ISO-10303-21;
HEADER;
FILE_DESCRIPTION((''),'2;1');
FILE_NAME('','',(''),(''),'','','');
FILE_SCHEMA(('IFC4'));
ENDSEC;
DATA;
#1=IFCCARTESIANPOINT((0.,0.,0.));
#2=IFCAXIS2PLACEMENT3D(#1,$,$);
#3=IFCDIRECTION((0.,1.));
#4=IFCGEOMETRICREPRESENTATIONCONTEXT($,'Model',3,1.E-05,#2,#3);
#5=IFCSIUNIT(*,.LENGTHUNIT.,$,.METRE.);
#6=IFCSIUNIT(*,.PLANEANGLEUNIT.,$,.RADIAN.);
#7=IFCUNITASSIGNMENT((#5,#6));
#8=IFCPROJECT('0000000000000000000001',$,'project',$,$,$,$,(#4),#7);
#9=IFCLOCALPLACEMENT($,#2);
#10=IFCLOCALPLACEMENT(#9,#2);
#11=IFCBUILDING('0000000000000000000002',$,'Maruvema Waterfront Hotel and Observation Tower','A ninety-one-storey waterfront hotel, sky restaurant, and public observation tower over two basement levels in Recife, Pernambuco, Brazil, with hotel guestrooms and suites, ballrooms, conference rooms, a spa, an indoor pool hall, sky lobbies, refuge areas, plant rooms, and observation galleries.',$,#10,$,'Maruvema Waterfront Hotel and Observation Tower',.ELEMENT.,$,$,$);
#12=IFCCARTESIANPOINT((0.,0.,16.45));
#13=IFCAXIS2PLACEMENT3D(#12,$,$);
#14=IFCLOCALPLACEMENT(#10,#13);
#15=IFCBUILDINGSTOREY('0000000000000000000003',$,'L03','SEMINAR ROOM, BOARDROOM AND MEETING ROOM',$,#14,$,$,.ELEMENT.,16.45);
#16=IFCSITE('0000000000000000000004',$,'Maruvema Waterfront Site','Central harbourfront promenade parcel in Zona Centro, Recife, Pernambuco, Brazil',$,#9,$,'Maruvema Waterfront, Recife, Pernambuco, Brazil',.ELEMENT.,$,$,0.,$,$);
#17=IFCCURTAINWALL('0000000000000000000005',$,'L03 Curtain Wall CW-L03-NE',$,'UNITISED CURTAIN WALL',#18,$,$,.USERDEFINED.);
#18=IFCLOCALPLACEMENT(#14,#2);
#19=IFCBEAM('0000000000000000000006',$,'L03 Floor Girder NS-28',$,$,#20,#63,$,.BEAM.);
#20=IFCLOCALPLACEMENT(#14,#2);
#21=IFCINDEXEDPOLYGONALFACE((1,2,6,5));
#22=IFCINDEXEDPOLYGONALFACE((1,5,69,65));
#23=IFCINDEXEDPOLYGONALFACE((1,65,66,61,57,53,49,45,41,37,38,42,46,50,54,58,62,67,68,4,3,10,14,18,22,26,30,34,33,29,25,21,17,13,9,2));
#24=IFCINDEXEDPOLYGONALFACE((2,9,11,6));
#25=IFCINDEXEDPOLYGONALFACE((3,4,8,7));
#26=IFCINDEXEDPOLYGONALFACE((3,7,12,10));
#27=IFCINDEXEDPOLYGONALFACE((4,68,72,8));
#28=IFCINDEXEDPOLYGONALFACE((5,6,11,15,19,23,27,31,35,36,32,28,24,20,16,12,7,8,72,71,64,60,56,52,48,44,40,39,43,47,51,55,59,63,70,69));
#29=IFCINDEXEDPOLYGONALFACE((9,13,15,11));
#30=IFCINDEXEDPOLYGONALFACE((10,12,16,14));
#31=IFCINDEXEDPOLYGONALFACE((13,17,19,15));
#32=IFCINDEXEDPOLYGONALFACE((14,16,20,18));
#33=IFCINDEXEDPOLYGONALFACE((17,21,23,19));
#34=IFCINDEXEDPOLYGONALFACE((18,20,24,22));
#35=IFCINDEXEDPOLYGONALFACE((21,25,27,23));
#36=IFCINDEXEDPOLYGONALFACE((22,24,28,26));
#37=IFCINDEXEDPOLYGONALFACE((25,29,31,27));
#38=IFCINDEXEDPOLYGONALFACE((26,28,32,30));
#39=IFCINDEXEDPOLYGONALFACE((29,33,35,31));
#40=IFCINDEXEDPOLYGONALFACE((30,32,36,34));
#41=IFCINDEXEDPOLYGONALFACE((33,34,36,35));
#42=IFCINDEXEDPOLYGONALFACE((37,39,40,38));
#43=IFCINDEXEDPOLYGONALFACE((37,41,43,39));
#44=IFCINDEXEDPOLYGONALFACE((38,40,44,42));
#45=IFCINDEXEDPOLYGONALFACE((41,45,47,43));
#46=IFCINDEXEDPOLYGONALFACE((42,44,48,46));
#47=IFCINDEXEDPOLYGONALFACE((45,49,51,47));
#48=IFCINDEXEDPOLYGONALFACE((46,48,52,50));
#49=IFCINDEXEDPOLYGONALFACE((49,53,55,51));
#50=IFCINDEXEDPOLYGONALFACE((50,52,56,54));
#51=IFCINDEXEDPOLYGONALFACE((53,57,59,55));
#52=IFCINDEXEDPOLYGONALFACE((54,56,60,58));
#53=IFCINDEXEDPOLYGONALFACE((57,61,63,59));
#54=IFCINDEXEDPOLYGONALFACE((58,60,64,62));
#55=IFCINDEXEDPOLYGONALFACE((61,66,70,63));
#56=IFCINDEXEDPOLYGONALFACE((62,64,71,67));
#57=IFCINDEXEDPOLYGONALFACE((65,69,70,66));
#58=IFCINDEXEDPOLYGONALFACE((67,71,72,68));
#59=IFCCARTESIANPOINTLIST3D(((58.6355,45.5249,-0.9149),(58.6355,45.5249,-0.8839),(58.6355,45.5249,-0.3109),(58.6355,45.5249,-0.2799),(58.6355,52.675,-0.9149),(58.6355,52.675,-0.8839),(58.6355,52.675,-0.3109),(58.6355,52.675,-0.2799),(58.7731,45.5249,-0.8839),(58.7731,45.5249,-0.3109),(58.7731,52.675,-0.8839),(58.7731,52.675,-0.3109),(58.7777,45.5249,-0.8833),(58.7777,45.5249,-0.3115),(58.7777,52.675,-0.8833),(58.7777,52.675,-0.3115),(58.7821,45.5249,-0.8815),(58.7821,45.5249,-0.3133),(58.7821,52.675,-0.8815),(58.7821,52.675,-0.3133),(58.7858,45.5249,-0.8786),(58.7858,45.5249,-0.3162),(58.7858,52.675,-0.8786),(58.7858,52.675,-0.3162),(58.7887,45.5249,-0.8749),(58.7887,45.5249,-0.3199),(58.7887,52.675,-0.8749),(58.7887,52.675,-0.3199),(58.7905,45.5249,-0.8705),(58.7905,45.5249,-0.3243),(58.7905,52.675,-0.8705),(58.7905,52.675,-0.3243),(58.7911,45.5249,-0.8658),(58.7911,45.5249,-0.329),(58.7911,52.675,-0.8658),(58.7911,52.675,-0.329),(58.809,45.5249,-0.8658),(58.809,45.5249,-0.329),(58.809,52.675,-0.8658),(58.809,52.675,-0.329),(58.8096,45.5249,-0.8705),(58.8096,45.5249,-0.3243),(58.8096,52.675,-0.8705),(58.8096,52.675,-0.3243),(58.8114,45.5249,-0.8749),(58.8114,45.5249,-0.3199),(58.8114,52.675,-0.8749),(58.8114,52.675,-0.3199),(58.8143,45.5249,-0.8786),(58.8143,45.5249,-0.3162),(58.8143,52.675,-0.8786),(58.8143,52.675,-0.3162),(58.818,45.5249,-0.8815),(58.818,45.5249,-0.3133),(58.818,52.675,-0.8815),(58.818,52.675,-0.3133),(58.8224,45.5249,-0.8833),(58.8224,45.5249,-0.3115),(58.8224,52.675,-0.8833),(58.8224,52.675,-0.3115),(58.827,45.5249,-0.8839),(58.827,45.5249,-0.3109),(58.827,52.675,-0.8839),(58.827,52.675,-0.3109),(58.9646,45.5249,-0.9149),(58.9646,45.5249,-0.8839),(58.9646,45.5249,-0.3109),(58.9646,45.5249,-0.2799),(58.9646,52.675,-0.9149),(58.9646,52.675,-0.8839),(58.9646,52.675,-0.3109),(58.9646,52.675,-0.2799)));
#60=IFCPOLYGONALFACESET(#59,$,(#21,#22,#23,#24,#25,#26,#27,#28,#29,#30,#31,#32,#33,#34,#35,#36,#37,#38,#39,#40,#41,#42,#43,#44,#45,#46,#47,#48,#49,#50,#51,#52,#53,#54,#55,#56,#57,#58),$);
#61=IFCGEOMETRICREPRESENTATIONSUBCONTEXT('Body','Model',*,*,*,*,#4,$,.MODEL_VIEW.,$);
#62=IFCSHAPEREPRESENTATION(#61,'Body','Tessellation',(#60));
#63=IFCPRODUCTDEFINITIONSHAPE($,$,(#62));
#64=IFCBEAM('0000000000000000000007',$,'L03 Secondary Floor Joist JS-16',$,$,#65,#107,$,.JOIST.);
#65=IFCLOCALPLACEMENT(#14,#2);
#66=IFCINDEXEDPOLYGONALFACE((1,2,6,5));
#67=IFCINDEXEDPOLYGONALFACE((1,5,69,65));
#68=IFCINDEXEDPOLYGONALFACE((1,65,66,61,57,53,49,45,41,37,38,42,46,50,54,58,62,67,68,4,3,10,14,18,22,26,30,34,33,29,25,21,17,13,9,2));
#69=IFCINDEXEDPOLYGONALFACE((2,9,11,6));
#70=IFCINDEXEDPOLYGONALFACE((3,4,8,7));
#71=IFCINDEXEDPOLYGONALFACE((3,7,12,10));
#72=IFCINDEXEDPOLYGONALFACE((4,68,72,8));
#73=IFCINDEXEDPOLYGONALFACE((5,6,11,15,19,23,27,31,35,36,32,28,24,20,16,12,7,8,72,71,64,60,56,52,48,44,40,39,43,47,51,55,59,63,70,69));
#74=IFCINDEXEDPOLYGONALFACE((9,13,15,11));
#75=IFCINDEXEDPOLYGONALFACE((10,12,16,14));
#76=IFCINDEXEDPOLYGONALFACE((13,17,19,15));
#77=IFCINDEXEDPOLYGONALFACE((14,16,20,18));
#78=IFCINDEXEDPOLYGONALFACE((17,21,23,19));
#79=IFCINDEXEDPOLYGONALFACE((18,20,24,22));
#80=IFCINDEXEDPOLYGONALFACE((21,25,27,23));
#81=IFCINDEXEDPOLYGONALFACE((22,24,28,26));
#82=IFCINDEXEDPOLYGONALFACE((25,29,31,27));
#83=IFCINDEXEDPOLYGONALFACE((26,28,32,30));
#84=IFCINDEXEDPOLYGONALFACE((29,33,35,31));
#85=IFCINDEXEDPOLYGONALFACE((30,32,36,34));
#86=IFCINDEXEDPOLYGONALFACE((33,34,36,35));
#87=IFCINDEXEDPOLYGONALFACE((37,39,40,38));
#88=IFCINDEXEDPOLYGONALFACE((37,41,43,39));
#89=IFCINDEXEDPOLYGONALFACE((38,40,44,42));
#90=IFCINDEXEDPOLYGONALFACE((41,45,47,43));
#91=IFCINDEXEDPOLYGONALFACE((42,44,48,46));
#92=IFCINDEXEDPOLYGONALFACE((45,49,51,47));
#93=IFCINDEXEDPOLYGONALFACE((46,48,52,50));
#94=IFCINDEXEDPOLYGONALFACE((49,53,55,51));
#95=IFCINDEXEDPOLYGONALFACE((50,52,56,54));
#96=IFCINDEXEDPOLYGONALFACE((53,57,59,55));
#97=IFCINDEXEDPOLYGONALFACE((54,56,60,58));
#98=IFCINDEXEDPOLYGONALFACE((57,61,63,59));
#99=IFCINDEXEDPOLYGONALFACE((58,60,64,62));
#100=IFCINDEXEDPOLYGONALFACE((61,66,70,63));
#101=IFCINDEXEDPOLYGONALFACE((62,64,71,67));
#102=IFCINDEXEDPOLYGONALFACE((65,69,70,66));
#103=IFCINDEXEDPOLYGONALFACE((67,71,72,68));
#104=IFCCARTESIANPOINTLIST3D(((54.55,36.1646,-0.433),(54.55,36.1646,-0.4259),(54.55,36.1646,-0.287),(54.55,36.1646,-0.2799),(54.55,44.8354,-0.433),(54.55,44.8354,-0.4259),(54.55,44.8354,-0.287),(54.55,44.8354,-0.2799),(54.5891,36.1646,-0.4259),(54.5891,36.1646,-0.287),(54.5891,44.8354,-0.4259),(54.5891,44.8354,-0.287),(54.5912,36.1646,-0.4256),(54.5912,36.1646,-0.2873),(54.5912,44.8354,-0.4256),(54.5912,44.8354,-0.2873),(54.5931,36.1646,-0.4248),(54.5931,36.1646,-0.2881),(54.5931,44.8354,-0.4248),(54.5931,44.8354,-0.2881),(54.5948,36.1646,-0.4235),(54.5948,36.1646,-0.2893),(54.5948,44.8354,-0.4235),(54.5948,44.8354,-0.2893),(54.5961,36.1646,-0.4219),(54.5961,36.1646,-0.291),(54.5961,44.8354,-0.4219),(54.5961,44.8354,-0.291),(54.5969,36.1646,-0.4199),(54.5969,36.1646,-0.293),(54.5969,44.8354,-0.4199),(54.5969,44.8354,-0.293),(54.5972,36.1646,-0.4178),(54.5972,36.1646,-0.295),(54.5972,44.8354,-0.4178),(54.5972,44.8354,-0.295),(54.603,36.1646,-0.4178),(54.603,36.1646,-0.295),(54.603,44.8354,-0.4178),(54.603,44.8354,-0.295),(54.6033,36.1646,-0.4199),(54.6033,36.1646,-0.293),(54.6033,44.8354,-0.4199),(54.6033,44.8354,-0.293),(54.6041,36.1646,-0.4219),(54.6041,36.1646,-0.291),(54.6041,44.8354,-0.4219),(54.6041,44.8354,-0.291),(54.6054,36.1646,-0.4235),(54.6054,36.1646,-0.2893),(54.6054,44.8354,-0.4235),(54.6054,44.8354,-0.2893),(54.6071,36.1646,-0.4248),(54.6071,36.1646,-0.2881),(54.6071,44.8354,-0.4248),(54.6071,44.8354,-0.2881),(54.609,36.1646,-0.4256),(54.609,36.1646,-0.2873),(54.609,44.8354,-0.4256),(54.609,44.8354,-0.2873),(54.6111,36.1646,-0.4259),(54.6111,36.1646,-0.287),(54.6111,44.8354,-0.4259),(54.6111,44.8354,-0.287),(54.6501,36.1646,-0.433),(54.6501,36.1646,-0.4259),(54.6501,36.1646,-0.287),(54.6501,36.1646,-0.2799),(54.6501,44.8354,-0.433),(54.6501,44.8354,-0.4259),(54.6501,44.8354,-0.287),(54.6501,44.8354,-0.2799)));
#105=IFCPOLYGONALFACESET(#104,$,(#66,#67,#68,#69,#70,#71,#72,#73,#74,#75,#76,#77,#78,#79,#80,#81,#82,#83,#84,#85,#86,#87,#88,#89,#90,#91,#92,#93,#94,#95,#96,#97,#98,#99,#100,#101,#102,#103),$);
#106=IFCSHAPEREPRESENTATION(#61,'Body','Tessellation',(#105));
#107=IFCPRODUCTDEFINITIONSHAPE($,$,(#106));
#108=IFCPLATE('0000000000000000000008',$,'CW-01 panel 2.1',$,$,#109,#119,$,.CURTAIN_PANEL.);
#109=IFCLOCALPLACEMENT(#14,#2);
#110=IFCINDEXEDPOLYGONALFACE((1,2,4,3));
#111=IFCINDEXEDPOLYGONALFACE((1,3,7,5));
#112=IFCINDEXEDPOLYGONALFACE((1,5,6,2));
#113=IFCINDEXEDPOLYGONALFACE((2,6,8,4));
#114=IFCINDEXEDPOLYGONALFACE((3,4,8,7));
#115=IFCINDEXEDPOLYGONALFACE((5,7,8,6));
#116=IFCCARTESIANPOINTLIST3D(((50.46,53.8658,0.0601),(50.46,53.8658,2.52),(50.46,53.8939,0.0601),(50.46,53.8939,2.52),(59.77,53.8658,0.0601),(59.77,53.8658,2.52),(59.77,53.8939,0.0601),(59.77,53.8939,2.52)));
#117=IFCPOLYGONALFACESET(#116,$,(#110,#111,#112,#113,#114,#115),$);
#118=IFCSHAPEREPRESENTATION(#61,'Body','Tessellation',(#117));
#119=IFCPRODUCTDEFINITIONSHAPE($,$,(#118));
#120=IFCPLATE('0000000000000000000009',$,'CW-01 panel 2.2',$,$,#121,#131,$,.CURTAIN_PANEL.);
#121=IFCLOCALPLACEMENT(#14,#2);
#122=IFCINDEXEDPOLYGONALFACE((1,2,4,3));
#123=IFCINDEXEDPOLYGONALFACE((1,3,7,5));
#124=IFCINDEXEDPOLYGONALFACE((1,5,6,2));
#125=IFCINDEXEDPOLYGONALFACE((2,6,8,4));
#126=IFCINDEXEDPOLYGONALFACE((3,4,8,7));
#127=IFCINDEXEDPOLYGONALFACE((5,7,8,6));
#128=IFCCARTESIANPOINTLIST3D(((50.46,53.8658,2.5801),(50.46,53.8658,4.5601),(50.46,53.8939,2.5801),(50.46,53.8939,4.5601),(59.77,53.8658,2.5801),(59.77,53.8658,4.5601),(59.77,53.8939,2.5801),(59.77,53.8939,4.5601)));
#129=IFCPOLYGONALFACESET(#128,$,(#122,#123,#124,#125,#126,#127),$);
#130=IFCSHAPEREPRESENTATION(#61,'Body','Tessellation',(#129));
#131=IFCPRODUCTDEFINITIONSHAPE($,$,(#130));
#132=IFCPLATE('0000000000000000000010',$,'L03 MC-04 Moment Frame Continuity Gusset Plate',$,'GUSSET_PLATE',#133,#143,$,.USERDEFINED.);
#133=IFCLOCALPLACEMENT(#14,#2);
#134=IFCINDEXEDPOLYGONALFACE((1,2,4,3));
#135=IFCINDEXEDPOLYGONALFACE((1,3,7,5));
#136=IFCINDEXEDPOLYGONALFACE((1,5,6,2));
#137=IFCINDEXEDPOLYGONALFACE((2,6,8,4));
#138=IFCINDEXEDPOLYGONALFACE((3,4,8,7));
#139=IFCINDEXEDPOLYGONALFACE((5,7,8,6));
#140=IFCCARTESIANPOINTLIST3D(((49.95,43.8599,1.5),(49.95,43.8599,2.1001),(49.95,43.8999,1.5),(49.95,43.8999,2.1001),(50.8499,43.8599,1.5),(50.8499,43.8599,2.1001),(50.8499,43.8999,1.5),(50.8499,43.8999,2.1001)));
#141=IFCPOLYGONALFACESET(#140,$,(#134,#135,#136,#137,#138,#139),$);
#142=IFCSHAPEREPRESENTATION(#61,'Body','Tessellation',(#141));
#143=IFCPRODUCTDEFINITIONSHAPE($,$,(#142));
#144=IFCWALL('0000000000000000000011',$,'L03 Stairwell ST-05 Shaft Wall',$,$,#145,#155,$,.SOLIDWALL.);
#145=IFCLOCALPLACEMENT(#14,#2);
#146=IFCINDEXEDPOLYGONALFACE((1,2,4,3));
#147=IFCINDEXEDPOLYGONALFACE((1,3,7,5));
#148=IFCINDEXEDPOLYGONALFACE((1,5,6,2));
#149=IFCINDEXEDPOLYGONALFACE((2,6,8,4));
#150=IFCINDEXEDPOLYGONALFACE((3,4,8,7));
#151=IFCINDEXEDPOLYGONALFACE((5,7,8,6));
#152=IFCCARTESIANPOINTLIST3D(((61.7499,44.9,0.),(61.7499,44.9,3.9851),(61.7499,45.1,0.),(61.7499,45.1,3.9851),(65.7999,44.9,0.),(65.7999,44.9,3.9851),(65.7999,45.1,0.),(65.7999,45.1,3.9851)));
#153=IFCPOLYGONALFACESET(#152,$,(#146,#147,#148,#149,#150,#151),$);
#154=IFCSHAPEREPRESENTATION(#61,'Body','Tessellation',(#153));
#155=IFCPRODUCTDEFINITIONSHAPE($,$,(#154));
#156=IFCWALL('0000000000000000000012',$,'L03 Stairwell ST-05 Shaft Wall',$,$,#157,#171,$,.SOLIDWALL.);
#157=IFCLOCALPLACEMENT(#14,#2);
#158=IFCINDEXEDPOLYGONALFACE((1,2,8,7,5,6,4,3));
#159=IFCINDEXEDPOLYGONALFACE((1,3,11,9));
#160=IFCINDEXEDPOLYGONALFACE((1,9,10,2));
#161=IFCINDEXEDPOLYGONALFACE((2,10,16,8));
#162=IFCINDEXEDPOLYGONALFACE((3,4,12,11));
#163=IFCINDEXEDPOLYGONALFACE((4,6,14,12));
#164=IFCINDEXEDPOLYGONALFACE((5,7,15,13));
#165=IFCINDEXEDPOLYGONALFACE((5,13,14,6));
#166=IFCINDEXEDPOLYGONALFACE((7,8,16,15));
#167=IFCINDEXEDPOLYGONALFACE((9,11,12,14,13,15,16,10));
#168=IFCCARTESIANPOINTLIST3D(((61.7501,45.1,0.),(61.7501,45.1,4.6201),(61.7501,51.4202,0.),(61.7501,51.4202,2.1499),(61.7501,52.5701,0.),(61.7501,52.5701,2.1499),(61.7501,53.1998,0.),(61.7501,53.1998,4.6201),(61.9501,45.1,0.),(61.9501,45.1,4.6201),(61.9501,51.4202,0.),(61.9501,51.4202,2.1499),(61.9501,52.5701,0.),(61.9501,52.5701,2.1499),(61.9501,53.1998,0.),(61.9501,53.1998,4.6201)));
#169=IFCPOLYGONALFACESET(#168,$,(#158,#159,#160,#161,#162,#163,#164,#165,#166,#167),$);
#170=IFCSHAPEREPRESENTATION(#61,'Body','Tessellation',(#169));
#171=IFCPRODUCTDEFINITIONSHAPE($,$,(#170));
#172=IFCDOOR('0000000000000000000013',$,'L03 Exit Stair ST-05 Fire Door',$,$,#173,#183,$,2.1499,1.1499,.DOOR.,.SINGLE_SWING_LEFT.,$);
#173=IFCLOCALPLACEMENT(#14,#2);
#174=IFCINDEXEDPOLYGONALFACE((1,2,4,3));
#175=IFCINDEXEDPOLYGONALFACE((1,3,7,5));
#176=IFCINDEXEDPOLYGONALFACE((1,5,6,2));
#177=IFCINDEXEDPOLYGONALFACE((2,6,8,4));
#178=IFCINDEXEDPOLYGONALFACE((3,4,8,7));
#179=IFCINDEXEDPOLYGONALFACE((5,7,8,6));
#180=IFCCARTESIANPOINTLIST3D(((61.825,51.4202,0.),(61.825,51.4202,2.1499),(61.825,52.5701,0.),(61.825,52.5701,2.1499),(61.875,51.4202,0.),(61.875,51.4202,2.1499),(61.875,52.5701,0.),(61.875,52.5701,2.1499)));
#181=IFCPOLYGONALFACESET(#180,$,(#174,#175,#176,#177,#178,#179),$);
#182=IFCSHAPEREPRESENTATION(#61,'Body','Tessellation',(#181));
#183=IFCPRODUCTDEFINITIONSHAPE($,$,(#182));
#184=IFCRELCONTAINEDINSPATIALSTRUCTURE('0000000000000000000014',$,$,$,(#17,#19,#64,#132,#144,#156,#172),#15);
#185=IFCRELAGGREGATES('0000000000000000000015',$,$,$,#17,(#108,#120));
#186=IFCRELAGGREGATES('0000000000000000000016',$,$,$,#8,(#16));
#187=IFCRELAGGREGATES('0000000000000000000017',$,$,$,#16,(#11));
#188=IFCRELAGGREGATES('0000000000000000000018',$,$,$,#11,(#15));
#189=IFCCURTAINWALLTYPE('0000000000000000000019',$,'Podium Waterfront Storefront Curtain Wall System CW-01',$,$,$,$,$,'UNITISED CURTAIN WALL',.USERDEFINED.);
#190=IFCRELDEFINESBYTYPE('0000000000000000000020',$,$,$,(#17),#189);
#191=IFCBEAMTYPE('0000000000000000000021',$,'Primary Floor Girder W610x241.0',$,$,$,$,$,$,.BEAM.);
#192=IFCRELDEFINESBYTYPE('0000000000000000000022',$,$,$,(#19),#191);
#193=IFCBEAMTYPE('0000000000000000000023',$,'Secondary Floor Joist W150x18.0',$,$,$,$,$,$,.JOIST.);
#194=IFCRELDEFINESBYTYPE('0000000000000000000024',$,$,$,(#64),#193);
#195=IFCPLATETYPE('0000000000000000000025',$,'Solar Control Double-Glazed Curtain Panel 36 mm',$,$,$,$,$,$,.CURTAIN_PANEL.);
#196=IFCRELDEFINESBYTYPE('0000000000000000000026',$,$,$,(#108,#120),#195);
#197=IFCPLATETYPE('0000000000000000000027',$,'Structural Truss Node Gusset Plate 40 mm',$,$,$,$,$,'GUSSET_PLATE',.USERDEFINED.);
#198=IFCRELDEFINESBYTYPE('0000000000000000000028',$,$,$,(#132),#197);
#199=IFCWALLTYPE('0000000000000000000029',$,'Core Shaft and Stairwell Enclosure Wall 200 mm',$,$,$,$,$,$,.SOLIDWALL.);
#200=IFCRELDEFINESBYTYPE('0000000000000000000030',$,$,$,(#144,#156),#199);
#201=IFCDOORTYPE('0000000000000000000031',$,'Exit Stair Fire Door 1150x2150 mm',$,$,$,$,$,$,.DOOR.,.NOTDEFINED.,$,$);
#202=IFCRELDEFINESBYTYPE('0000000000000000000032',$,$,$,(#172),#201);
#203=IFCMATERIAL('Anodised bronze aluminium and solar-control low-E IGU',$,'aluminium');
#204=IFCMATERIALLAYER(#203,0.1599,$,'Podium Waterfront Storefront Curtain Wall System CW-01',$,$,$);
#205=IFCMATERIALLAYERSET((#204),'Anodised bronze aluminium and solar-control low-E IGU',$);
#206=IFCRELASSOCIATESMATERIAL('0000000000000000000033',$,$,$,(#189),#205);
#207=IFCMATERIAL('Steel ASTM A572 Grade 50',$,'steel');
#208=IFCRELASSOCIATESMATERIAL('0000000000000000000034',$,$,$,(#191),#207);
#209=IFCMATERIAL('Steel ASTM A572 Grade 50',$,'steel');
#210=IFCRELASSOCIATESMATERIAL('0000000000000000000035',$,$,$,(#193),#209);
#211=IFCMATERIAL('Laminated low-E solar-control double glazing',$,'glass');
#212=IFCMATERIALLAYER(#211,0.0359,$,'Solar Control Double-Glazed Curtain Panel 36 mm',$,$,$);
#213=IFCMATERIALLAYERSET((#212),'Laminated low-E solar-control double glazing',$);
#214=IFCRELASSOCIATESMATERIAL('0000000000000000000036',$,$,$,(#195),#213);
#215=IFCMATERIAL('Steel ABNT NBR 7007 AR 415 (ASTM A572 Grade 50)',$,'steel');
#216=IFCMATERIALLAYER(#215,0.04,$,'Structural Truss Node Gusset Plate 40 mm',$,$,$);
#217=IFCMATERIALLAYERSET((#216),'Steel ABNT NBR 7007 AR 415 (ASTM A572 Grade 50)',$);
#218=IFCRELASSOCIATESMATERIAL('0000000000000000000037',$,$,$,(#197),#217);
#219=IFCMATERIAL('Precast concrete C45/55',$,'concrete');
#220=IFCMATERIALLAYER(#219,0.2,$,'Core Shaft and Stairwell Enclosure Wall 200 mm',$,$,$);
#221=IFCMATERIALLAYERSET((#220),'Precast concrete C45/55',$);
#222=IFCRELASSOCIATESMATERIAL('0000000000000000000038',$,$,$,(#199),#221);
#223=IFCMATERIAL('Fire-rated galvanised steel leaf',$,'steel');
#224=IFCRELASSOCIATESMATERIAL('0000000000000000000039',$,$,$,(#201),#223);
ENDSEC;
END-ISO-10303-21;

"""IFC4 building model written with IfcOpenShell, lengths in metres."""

from ifc_helpers import new_model, si_unit, direction, frame, frame_2d, origin, origin_2d, place, context, subcontext, project, spatial, rectangle, i_section, extrude, material, layer, layer_set, material_profile, profile_set, type_object, element, fill, aggregate, save


model = new_model("IFC4")

# Units and contexts
model_context = context("Model", 3, precision=1e-05, world=origin(), true_north=direction((0.0, 1.0)))
body_context = subcontext(model_context, "Body", "Model", "MODEL_VIEW")
ifc_project = project(units=[si_unit("LENGTHUNIT", "METRE"), si_unit("PLANEANGLEUNIT", "RADIAN")], contexts=[model_context])

# Site, building, storey
site_placement = place(None, origin())
site = spatial("IfcSite", under=ifc_project, at=site_placement, Name="Maruvema Waterfront Site", Description="Central harbourfront promenade parcel in Zona Centro, Recife, Pernambuco, Brazil", LongName="Maruvema Waterfront, Recife, Pernambuco, Brazil", CompositionType="ELEMENT", RefElevation=0.0)
building_placement = place(site_placement, origin())
building = spatial("IfcBuilding", under=site, at=building_placement, Name="Maruvema Waterfront Hotel and Observation Tower", Description="A ninety-one-storey waterfront hotel, sky restaurant, and public observation tower over two basement levels in Recife, Pernambuco, Brazil, with hotel guestrooms and suites, ballrooms, conference rooms, a spa, an indoor pool hall, sky lobbies, refuge areas, plant rooms, and observation galleries.", LongName="Maruvema Waterfront Hotel and Observation Tower", CompositionType="ELEMENT")
storey_placement = place(building_placement, frame((0.0, 0.0, 16.45)))
storey = spatial("IfcBuildingStorey", under=building, at=storey_placement, Name="L03", Description="SEMINAR ROOM, BOARDROOM AND MEETING ROOM", CompositionType="ELEMENT", Elevation=16.45)

# Curtain wall
ifc_material_1 = material(Name="Anodised bronze aluminium and solar-control low-E IGU", Category="aluminium")
ifc_layer_1 = layer(ifc_material_1, 0.1599, Name="Podium Waterfront Storefront Curtain Wall System CW-01")
ifc_layer_set_1 = layer_set([ifc_layer_1], Name="Anodised bronze aluminium and solar-control low-E IGU")
curtain_wall_type = type_object("IfcCurtainWallType", Name="Podium Waterfront Storefront Curtain Wall System CW-01", ElementType="UNITISED CURTAIN WALL", PredefinedType="USERDEFINED", material=ifc_layer_set_1)
curtain_wall_placement = place(storey_placement, origin())
curtain_wall = element("IfcCurtainWall", 1, at=curtain_wall_placement, inside=storey, type_object=curtain_wall_type, Name="L03 Curtain Wall CW-L03-NE", ObjectType="UNITISED CURTAIN WALL", PredefinedType="USERDEFINED")

# Beams
ifc_material_2 = material(Name="Steel ASTM A572 Grade 50", Category="steel")
ifc_material_profile_1 = material_profile(ifc_material_2, i_section(OverallWidth=0.3291, OverallDepth=0.635, WebThickness=0.0178, FlangeThickness=0.031, FilletRadius=0.0181, at=origin_2d()), Name="W610x241.0")
ifc_profile_set_1 = profile_set([ifc_material_profile_1], Name="Steel ASTM A572 Grade 50")
beam_type_1 = type_object("IfcBeamType", Name="Primary Floor Girder W610x241.0", PredefinedType="BEAM", material=ifc_profile_set_1)
beam_1_placement = place(storey_placement, frame((58.8, 45.5249, -0.5974), z_axis=(0.0, 1.0, 0.0), x_axis=(-1.0, 0.0, 0.0)))
element("IfcBeam", 2, at=beam_1_placement, inside=storey, type_object=beam_type_1, Name="L03 Floor Girder NS-28", PredefinedType="BEAM", context=body_context, shape_type="SweptSolid", body=[
    extrude(i_section(OverallWidth=0.3291, OverallDepth=0.635, WebThickness=0.0178, FlangeThickness=0.031, FilletRadius=0.0181, at=origin_2d()), origin(), (0.0, 0.0, 1.0), 7.1501),
])
ifc_material_3 = material(Name="Steel ASTM A572 Grade 50", Category="steel")
ifc_material_profile_2 = material_profile(ifc_material_3, i_section(OverallWidth=0.1001, OverallDepth=0.1531, WebThickness=0.0059, FlangeThickness=0.0071, FilletRadius=0.0081, at=origin_2d()), Name="W150x18.0")
ifc_profile_set_2 = profile_set([ifc_material_profile_2], Name="Steel ASTM A572 Grade 50")
beam_type_2 = type_object("IfcBeamType", Name="Secondary Floor Joist W150x18.0", PredefinedType="JOIST", material=ifc_profile_set_2)
beam_2_placement = place(storey_placement, frame((54.6001, 36.1646, -0.3564), z_axis=(0.0, 1.0, 0.0), x_axis=(-1.0, 0.0, 0.0)))
element("IfcBeam", 3, at=beam_2_placement, inside=storey, type_object=beam_type_2, Name="L03 Secondary Floor Joist JS-16", PredefinedType="JOIST", context=body_context, shape_type="SweptSolid", body=[
    extrude(i_section(OverallWidth=0.1001, OverallDepth=0.1531, WebThickness=0.0059, FlangeThickness=0.0071, FilletRadius=0.0081, at=origin_2d()), origin(), (0.0, 0.0, 1.0), 8.6709),
])

# Plates
ifc_material_4 = material(Name="Laminated low-E solar-control double glazing", Category="glass")
ifc_layer_2 = layer(ifc_material_4, 0.0359, Name="Solar Control Double-Glazed Curtain Panel 36 mm")
ifc_layer_set_2 = layer_set([ifc_layer_2], Name="Laminated low-E solar-control double glazing")
plate_type_1 = type_object("IfcPlateType", Name="Solar Control Double-Glazed Curtain Panel 36 mm", PredefinedType="CURTAIN_PANEL", material=ifc_layer_set_2)
plate_1_placement = place(storey_placement, frame((55.115, 53.8799, 0.0601), z_axis=(0.0, 0.0, 1.0), x_axis=(-1.0, 0.0, 0.0)))
plate_1 = element("IfcPlate", 4, at=plate_1_placement, type_object=plate_type_1, Name="CW-01 panel 2.1", PredefinedType="CURTAIN_PANEL", context=body_context, shape_type="SweptSolid", body=[
    extrude(rectangle(XDim=9.3101, YDim=0.0281, at=origin_2d()), origin(), (0.0, 0.0, 1.0), 2.46),
])
plate_2_placement = place(storey_placement, frame((55.115, 53.8799, 2.5801), z_axis=(0.0, 0.0, 1.0), x_axis=(-1.0, 0.0, 0.0)))
plate_2 = element("IfcPlate", 5, at=plate_2_placement, type_object=plate_type_1, Name="CW-01 panel 2.2", PredefinedType="CURTAIN_PANEL", context=body_context, shape_type="SweptSolid", body=[
    extrude(rectangle(XDim=9.3101, YDim=0.0281, at=origin_2d()), origin(), (0.0, 0.0, 1.0), 1.98),
])
aggregate(curtain_wall, [plate_1, plate_2])
ifc_material_5 = material(Name="Steel ABNT NBR 7007 AR 415 (ASTM A572 Grade 50)", Category="steel")
ifc_layer_3 = layer(ifc_material_5, 0.04, Name="Structural Truss Node Gusset Plate 40 mm")
ifc_layer_set_3 = layer_set([ifc_layer_3], Name="Steel ABNT NBR 7007 AR 415 (ASTM A572 Grade 50)")
plate_type_2 = type_object("IfcPlateType", Name="Structural Truss Node Gusset Plate 40 mm", ElementType="GUSSET_PLATE", PredefinedType="USERDEFINED", material=ifc_layer_set_3)
plate_3_placement = place(storey_placement, frame((50.3999, 43.8799, 1.5), z_axis=(0.0, 0.0, 1.0), x_axis=(1.0, 0.0, 0.0)))
element("IfcPlate", 6, at=plate_3_placement, inside=storey, type_object=plate_type_2, Name="L03 MC-04 Moment Frame Continuity Gusset Plate", ObjectType="GUSSET_PLATE", PredefinedType="USERDEFINED", context=body_context, shape_type="SweptSolid", body=[
    extrude(rectangle(XDim=0.8999, YDim=0.04, at=origin_2d()), origin(), (0.0, 0.0, 1.0), 0.6001),
])

# Wall
ifc_material_6 = material(Name="Precast concrete C45/55", Category="concrete")
ifc_layer_4 = layer(ifc_material_6, 0.2, Name="Core Shaft and Stairwell Enclosure Wall 200 mm")
ifc_layer_set_4 = layer_set([ifc_layer_4], Name="Precast concrete C45/55")
wall_type = type_object("IfcWallType", Name="Core Shaft and Stairwell Enclosure Wall 200 mm", PredefinedType="SOLIDWALL", material=ifc_layer_set_4)
wall_1_placement = place(storey_placement, frame((61.75, 45.0, 0.0), z_axis=(0.0, 0.0, 1.0), x_axis=(1.0, 0.0, 0.0)))
element("IfcWall", 7, at=wall_1_placement, inside=storey, type_object=wall_type, Name="L03 Stairwell ST-05 Shaft Wall", PredefinedType="SOLIDWALL", context=body_context, shape_type="SweptSolid", body=[
    extrude(rectangle(XDim=4.05, YDim=0.2, at=frame_2d((2.0249, 0.0))), origin(), (0.0, 0.0, 1.0), 3.9851),
])

# Wall, opening, door
wall_2_placement = place(storey_placement, frame((61.8501, 45.1001, 0.0), z_axis=(0.0, 0.0, 1.0), x_axis=(0.0, 1.0, 0.0)))
wall_2 = element("IfcWall", 8, at=wall_2_placement, inside=storey, type_object=wall_type, Name="L03 Stairwell ST-05 Shaft Wall", PredefinedType="SOLIDWALL", context=body_context, shape_type="SweptSolid", body=[
    extrude(rectangle(XDim=8.0999, YDim=0.2, at=frame_2d((4.0498, 0.0))), origin(), (0.0, 0.0, 1.0), 4.6201),
])
opening_placement = place(wall_2_placement, frame((6.3201, 0.0, 0.0)))
opening = element("IfcOpeningElement", 9, at=opening_placement, cuts=wall_2, PredefinedType="OPENING", context=body_context, shape_type="SweptSolid", body=[
    extrude(rectangle(XDim=1.1499, YDim=2.1499, at=frame_2d((0.575, 1.075))), frame((0.0, 0.1099, 0.0), z_axis=(0.0, -1.0, 0.0), x_axis=(1.0, 0.0, 0.0)), (0.0, 0.0, 1.0), 0.22),
])
ifc_material_7 = material(Name="Fire-rated galvanised steel leaf", Category="steel")
door_type = type_object("IfcDoorType", Name="Exit Stair Fire Door 1150x2150 mm", OperationType="NOTDEFINED", PredefinedType="DOOR", material=ifc_material_7)
door_placement = place(opening_placement, frame((1.1499, 0.0, 0.0), z_axis=(0.0, 0.0, 1.0), x_axis=(-1.0, 0.0, 0.0)))
door = element("IfcDoor", 10, at=door_placement, inside=storey, type_object=door_type, Name="L03 Exit Stair ST-05 Fire Door", OperationType="SINGLE_SWING_LEFT", OverallHeight=2.1499, OverallWidth=1.1499, PredefinedType="DOOR", context=body_context, shape_type="SweptSolid", body=[
    extrude(rectangle(XDim=1.1499, YDim=2.1499, at=frame_2d((0.575, 1.075))), frame((0.0, 0.0249, 0.0), z_axis=(0.0, -1.0, 0.0), x_axis=(1.0, 0.0, 0.0)), (0.0, 0.0, 1.0), 0.05),
])
fill(opening, door)

save(model, "model.ifc")
